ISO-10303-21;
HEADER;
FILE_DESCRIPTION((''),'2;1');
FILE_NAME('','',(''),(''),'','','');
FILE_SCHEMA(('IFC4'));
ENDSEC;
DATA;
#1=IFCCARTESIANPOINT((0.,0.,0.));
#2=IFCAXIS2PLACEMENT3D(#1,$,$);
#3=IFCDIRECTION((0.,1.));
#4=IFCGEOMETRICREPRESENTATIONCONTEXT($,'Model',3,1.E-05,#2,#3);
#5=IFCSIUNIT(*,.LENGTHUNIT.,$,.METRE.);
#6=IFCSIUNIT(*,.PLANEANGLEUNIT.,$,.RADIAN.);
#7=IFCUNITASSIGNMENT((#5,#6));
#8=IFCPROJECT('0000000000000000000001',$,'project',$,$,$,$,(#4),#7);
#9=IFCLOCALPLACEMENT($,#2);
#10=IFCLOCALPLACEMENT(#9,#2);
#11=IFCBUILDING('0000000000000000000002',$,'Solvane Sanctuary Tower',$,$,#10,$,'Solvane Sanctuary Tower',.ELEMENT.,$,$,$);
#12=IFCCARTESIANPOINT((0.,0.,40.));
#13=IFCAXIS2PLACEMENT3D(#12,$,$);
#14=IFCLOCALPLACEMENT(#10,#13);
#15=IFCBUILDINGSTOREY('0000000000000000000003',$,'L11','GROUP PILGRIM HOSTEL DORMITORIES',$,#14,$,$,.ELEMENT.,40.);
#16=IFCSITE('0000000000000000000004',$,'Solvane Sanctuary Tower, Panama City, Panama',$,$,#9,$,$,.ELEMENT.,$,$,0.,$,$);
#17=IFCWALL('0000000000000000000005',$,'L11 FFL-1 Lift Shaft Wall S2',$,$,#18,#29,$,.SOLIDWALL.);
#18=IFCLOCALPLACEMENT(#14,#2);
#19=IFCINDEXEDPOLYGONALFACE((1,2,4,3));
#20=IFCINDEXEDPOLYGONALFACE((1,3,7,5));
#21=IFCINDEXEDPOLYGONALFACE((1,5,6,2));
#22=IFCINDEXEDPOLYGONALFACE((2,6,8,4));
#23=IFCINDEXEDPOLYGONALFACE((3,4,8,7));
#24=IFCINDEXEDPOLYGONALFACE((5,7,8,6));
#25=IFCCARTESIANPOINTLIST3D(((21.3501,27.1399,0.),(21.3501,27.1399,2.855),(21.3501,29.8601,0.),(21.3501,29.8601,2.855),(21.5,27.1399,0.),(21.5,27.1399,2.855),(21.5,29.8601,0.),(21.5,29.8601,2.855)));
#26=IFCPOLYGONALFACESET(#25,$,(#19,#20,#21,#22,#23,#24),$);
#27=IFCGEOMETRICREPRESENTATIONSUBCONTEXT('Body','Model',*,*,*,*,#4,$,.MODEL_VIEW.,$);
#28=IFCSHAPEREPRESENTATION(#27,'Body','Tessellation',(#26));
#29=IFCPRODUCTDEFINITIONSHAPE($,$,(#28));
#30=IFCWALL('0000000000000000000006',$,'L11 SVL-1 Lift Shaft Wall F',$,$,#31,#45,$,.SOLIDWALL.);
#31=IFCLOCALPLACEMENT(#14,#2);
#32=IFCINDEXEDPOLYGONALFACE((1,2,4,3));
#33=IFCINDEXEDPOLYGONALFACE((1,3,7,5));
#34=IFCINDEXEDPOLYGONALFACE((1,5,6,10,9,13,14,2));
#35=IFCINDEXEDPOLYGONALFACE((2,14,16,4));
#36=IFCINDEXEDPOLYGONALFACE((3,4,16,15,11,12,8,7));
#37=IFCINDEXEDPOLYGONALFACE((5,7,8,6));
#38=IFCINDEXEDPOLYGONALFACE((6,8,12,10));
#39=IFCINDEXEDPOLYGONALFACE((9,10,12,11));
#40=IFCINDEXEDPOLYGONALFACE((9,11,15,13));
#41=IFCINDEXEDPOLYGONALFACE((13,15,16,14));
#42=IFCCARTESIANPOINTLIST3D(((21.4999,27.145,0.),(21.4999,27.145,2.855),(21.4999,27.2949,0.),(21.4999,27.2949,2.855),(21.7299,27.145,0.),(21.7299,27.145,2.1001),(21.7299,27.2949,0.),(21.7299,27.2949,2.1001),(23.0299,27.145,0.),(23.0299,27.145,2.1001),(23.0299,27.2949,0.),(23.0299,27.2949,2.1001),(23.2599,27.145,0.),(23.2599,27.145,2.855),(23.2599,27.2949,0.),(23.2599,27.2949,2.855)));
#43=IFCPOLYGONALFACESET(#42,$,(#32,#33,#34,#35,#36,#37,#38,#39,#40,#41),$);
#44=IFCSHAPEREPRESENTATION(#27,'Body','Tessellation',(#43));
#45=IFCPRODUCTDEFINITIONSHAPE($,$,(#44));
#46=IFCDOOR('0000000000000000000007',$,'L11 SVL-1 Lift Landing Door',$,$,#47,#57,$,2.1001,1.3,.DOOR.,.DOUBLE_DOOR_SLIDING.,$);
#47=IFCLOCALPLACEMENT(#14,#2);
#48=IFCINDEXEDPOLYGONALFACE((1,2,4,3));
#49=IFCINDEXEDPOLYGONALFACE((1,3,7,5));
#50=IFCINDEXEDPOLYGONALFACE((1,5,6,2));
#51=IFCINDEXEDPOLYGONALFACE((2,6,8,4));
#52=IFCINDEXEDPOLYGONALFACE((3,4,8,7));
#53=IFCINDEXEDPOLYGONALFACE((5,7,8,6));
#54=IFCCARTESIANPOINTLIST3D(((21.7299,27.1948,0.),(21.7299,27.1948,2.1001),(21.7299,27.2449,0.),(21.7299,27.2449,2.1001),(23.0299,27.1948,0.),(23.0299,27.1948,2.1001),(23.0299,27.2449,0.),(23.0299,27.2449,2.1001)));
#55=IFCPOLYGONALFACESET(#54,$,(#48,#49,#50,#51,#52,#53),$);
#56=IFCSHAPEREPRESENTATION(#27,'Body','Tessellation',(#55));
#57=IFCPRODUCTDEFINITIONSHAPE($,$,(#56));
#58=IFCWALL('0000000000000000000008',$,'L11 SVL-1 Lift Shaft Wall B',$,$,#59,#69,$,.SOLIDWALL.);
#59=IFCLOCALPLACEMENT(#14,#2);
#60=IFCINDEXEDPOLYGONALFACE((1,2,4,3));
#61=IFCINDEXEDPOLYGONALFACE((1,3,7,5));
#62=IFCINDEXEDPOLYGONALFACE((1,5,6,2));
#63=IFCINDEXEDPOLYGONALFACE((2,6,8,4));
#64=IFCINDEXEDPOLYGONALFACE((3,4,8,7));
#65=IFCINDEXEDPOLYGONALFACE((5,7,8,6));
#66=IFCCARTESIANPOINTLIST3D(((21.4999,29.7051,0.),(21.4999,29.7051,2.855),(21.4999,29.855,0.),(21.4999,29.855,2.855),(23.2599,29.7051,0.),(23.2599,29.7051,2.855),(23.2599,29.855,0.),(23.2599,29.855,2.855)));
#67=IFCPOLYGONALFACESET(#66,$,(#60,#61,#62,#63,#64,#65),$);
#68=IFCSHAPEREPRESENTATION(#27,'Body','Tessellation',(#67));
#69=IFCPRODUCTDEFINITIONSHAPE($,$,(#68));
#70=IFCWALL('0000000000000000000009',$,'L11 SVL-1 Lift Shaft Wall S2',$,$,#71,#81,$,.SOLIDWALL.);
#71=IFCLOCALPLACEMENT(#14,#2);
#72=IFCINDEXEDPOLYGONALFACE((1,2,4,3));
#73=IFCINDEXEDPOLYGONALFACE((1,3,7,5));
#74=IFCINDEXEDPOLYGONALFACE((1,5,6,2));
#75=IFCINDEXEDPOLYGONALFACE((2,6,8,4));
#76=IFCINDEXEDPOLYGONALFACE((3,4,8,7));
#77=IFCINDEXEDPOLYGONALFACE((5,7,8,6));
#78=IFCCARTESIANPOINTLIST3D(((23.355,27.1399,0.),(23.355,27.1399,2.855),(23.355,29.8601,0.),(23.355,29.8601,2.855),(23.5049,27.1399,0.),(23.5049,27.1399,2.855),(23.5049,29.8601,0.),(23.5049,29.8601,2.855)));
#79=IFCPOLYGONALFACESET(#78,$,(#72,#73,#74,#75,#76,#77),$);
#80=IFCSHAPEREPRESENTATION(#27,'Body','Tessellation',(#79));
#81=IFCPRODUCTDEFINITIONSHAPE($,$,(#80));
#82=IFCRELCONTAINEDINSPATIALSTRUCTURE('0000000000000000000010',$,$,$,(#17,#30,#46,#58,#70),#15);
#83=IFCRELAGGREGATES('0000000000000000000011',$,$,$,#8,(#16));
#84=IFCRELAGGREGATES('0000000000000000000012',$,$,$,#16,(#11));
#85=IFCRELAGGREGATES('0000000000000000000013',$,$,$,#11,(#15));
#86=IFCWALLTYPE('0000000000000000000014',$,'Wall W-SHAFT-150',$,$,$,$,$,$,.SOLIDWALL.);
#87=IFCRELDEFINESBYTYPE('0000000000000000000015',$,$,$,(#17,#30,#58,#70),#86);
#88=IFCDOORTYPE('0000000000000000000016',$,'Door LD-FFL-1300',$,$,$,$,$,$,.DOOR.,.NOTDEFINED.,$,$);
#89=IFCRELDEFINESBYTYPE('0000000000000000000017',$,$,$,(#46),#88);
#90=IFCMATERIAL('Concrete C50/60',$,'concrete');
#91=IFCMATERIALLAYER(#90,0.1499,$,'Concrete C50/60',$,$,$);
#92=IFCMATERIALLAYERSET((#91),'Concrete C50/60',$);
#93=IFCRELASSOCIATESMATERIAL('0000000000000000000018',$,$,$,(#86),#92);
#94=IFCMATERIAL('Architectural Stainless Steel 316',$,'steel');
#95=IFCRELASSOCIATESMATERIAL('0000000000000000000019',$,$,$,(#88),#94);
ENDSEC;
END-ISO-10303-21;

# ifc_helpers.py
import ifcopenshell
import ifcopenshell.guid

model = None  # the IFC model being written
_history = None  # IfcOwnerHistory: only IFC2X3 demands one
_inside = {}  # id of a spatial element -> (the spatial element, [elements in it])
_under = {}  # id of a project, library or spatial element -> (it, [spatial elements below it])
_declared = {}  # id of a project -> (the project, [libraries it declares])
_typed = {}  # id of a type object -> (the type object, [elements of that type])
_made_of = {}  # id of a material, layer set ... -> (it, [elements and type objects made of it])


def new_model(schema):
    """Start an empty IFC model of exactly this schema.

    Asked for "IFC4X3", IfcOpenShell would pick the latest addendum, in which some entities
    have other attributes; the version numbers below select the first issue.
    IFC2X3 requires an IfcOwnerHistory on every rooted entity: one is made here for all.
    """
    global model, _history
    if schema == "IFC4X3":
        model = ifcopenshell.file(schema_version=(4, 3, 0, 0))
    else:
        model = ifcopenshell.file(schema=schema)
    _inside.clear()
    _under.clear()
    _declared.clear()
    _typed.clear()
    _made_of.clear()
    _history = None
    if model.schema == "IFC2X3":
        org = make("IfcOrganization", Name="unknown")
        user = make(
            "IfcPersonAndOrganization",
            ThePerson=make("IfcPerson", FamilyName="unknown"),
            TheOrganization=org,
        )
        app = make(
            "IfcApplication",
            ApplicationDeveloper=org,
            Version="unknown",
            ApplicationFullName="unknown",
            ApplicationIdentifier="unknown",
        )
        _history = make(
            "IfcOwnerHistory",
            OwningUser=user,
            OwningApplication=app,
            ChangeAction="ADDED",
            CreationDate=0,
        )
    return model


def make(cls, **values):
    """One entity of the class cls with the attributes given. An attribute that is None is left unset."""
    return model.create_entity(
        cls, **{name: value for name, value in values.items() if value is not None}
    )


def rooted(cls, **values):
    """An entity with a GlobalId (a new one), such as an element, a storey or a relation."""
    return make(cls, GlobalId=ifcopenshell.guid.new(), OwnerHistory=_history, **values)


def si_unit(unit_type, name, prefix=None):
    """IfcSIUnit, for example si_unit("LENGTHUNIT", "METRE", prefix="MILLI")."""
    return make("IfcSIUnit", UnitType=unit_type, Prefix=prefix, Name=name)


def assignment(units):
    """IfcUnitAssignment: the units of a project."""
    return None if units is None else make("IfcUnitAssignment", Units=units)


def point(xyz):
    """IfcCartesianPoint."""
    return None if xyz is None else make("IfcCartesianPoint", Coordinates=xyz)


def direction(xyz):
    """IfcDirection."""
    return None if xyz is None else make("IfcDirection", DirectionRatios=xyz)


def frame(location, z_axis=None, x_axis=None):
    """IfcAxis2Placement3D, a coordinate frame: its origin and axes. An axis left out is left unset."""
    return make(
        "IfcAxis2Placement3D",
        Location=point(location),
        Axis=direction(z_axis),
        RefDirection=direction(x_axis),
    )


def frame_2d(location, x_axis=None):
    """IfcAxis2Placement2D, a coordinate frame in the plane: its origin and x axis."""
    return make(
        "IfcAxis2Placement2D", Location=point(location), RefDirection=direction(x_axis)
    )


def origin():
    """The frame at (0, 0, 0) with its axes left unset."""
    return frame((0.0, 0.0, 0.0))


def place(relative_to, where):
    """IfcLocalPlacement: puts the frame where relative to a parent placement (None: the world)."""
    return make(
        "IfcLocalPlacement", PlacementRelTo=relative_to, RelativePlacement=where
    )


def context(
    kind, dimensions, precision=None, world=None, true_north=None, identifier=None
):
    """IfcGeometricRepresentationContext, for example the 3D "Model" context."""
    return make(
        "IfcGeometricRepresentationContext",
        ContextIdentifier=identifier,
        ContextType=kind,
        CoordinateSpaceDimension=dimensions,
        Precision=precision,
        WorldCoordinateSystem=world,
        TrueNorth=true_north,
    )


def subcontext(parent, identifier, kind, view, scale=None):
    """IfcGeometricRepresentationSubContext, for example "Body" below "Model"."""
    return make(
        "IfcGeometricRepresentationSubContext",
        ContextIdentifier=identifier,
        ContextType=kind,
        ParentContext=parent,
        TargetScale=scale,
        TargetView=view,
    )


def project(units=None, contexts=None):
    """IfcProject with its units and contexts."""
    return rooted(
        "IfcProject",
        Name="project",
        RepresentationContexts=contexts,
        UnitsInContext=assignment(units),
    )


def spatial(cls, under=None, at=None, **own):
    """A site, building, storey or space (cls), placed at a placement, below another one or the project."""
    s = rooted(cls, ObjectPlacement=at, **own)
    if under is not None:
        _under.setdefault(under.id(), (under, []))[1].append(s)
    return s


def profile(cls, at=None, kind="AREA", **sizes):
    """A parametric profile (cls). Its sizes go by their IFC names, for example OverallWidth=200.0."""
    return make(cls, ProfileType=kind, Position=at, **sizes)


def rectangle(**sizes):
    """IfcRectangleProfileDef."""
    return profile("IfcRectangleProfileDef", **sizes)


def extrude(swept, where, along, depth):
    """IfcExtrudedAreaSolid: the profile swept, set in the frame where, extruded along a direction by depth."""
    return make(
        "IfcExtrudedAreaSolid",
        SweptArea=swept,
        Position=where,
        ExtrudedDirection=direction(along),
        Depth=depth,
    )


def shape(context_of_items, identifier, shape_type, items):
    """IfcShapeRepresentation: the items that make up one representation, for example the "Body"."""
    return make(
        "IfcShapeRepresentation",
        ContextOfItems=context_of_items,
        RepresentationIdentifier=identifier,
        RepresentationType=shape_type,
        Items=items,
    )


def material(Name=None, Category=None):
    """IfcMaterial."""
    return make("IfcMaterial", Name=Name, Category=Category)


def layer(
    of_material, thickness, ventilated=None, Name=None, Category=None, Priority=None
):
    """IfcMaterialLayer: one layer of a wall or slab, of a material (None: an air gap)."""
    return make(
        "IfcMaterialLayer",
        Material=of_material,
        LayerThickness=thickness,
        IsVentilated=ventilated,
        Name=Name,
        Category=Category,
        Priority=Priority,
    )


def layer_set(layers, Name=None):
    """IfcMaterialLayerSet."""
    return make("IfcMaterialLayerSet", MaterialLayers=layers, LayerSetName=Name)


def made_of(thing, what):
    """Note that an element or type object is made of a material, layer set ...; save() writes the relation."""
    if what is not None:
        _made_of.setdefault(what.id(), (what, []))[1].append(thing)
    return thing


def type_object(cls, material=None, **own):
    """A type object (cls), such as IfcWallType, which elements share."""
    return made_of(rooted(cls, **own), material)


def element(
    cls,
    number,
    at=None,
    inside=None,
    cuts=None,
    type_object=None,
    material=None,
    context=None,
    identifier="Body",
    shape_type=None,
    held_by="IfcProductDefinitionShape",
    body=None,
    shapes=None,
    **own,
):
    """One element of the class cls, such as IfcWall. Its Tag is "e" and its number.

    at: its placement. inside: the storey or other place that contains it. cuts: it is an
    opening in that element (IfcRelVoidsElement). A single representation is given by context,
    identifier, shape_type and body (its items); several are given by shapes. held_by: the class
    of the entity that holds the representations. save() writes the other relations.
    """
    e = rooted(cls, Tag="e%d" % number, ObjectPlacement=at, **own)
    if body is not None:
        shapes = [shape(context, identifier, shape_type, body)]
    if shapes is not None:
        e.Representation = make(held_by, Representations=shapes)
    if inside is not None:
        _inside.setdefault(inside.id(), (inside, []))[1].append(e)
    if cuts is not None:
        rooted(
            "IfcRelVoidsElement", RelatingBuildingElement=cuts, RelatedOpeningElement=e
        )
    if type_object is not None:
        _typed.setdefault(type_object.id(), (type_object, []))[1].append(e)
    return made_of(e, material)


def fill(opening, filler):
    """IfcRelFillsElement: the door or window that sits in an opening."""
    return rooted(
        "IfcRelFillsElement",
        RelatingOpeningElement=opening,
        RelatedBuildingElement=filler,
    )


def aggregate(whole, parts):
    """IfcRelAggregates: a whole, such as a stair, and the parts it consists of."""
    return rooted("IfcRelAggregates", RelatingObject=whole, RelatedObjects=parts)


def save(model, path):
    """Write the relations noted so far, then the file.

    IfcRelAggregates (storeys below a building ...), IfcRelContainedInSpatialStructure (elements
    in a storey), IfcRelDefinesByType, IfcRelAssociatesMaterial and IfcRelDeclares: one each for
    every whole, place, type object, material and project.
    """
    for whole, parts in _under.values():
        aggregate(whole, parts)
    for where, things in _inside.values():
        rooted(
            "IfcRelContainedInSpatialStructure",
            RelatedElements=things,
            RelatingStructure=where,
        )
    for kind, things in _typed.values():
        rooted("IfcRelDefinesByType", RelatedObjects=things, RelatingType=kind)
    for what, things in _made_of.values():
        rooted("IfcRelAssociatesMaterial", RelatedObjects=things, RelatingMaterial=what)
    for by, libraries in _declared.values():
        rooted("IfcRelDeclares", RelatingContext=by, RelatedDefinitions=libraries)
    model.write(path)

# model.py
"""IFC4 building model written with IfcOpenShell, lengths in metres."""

from ifc_helpers import new_model, si_unit, direction, frame, frame_2d, origin, place, context, subcontext, project, spatial, rectangle, extrude, material, layer, layer_set, type_object, element, fill, save


model = new_model("IFC4")

# Units and contexts
model_context = context("Model", 3, precision=1e-05, world=origin(), true_north=direction((0.0, 1.0)))
body_context = subcontext(model_context, "Body", "Model", "MODEL_VIEW")
ifc_project = project(units=[si_unit("LENGTHUNIT", "METRE"), si_unit("PLANEANGLEUNIT", "RADIAN")], contexts=[model_context])

# Site, building, storey
site_placement = place(None, origin())
site = spatial("IfcSite", under=ifc_project, at=site_placement, Name="Solvane Sanctuary Tower, Panama City, Panama", CompositionType="ELEMENT", RefElevation=0.0)
building_placement = place(site_placement, origin())
building = spatial("IfcBuilding", under=site, at=building_placement, Name="Solvane Sanctuary Tower", LongName="Solvane Sanctuary Tower", CompositionType="ELEMENT")
storey_placement = place(building_placement, frame((0.0, 0.0, 40.0)))
storey = spatial("IfcBuildingStorey", under=building, at=storey_placement, Name="L11", Description="GROUP PILGRIM HOSTEL DORMITORIES", CompositionType="ELEMENT", Elevation=40.0)

# Shared definitions
ifc_material_1 = material(Name="Architectural Stainless Steel 316", Category="steel")

# Wall
ifc_material_2 = material(Name="Concrete C50/60", Category="concrete")
ifc_layer_1 = layer(ifc_material_2, 0.1499, Name="Concrete C50/60")
ifc_layer_set_1 = layer_set([ifc_layer_1], Name="Concrete C50/60")
wall_type_1 = type_object("IfcWallType", Name="Wall W-SHAFT-150", PredefinedType="SOLIDWALL", material=ifc_layer_set_1)
wall_1_placement = place(storey_placement, frame((21.425, 27.1399, 0.0), z_axis=(0.0, 0.0, 1.0), x_axis=(0.0, 1.0, 0.0)))
element("IfcWall", 1, at=wall_1_placement, inside=storey, type_object=wall_type_1, Name="L11 FFL-1 Lift Shaft Wall S2", PredefinedType="SOLIDWALL", context=body_context, shape_type="SweptSolid", body=[
    extrude(rectangle(XDim=2.7202, YDim=0.1499, at=frame_2d((1.3601, 0.0))), origin(), (0.0, 0.0, 1.0), 2.855),
])

# Wall, opening, door
wall_2_placement = place(storey_placement, frame((21.5, 27.22, 0.0), z_axis=(0.0, 0.0, 1.0), x_axis=(1.0, 0.0, 0.0)))
wall_2 = element("IfcWall", 2, at=wall_2_placement, inside=storey, type_object=wall_type_1, Name="L11 SVL-1 Lift Shaft Wall F", PredefinedType="SOLIDWALL", context=body_context, shape_type="SweptSolid", body=[
    extrude(rectangle(XDim=1.76, YDim=0.1499, at=frame_2d((0.8799, 0.0))), origin(), (0.0, 0.0, 1.0), 2.855),
])
opening_1_placement = place(wall_2_placement, frame((0.23, 0.0, 0.0)))
opening_1 = element("IfcOpeningElement", 3, at=opening_1_placement, cuts=wall_2, PredefinedType="OPENING", context=body_context, shape_type="SweptSolid", body=[
    extrude(rectangle(XDim=1.3, YDim=2.1001, at=frame_2d((0.6499, 1.05))), frame((0.0, 0.085, 0.0), z_axis=(0.0, -1.0, 0.0), x_axis=(1.0, 0.0, 0.0)), (0.0, 0.0, 1.0), 0.1699),
])
door_type_1 = type_object("IfcDoorType", Name="Door LD-FFL-1300", OperationType="NOTDEFINED", PredefinedType="DOOR", material=ifc_material_1)
door_1_placement = place(opening_1_placement, origin())
door_1 = element("IfcDoor", 4, at=door_1_placement, inside=storey, type_object=door_type_1, Name="L11 SVL-1 Lift Landing Door", OperationType="DOUBLE_DOOR_SLIDING", OverallHeight=2.1001, OverallWidth=1.3, PredefinedType="DOOR", context=body_context, shape_type="SweptSolid", body=[
    extrude(rectangle(XDim=1.3, YDim=2.1001, at=frame_2d((0.6499, 1.05))), frame((0.0, 0.0249, 0.0), z_axis=(0.0, -1.0, 0.0), x_axis=(1.0, 0.0, 0.0)), (0.0, 0.0, 1.0), 0.05),
])
fill(opening_1, door_1)

# Walls
wall_3_placement = place(storey_placement, frame((21.5, 29.78, 0.0), z_axis=(0.0, 0.0, 1.0), x_axis=(1.0, 0.0, 0.0)))
element("IfcWall", 5, at=wall_3_placement, inside=storey, type_object=wall_type_1, Name="L11 SVL-1 Lift Shaft Wall B", PredefinedType="SOLIDWALL", context=body_context, shape_type="SweptSolid", body=[
    extrude(rectangle(XDim=1.76, YDim=0.1499, at=frame_2d((0.8799, 0.0))), origin(), (0.0, 0.0, 1.0), 2.855),
])
wall_4_placement = place(storey_placement, frame((23.4299, 27.1399, 0.0), z_axis=(0.0, 0.0, 1.0), x_axis=(0.0, 1.0, 0.0)))
element("IfcWall", 6, at=wall_4_placement, inside=storey, type_object=wall_type_1, Name="L11 SVL-1 Lift Shaft Wall S2", PredefinedType="SOLIDWALL", context=body_context, shape_type="SweptSolid", body=[
    extrude(rectangle(XDim=2.7202, YDim=0.1499, at=frame_2d((1.3601, 0.0))), origin(), (0.0, 0.0, 1.0), 2.855),
])

save(model, "model.ifc")
